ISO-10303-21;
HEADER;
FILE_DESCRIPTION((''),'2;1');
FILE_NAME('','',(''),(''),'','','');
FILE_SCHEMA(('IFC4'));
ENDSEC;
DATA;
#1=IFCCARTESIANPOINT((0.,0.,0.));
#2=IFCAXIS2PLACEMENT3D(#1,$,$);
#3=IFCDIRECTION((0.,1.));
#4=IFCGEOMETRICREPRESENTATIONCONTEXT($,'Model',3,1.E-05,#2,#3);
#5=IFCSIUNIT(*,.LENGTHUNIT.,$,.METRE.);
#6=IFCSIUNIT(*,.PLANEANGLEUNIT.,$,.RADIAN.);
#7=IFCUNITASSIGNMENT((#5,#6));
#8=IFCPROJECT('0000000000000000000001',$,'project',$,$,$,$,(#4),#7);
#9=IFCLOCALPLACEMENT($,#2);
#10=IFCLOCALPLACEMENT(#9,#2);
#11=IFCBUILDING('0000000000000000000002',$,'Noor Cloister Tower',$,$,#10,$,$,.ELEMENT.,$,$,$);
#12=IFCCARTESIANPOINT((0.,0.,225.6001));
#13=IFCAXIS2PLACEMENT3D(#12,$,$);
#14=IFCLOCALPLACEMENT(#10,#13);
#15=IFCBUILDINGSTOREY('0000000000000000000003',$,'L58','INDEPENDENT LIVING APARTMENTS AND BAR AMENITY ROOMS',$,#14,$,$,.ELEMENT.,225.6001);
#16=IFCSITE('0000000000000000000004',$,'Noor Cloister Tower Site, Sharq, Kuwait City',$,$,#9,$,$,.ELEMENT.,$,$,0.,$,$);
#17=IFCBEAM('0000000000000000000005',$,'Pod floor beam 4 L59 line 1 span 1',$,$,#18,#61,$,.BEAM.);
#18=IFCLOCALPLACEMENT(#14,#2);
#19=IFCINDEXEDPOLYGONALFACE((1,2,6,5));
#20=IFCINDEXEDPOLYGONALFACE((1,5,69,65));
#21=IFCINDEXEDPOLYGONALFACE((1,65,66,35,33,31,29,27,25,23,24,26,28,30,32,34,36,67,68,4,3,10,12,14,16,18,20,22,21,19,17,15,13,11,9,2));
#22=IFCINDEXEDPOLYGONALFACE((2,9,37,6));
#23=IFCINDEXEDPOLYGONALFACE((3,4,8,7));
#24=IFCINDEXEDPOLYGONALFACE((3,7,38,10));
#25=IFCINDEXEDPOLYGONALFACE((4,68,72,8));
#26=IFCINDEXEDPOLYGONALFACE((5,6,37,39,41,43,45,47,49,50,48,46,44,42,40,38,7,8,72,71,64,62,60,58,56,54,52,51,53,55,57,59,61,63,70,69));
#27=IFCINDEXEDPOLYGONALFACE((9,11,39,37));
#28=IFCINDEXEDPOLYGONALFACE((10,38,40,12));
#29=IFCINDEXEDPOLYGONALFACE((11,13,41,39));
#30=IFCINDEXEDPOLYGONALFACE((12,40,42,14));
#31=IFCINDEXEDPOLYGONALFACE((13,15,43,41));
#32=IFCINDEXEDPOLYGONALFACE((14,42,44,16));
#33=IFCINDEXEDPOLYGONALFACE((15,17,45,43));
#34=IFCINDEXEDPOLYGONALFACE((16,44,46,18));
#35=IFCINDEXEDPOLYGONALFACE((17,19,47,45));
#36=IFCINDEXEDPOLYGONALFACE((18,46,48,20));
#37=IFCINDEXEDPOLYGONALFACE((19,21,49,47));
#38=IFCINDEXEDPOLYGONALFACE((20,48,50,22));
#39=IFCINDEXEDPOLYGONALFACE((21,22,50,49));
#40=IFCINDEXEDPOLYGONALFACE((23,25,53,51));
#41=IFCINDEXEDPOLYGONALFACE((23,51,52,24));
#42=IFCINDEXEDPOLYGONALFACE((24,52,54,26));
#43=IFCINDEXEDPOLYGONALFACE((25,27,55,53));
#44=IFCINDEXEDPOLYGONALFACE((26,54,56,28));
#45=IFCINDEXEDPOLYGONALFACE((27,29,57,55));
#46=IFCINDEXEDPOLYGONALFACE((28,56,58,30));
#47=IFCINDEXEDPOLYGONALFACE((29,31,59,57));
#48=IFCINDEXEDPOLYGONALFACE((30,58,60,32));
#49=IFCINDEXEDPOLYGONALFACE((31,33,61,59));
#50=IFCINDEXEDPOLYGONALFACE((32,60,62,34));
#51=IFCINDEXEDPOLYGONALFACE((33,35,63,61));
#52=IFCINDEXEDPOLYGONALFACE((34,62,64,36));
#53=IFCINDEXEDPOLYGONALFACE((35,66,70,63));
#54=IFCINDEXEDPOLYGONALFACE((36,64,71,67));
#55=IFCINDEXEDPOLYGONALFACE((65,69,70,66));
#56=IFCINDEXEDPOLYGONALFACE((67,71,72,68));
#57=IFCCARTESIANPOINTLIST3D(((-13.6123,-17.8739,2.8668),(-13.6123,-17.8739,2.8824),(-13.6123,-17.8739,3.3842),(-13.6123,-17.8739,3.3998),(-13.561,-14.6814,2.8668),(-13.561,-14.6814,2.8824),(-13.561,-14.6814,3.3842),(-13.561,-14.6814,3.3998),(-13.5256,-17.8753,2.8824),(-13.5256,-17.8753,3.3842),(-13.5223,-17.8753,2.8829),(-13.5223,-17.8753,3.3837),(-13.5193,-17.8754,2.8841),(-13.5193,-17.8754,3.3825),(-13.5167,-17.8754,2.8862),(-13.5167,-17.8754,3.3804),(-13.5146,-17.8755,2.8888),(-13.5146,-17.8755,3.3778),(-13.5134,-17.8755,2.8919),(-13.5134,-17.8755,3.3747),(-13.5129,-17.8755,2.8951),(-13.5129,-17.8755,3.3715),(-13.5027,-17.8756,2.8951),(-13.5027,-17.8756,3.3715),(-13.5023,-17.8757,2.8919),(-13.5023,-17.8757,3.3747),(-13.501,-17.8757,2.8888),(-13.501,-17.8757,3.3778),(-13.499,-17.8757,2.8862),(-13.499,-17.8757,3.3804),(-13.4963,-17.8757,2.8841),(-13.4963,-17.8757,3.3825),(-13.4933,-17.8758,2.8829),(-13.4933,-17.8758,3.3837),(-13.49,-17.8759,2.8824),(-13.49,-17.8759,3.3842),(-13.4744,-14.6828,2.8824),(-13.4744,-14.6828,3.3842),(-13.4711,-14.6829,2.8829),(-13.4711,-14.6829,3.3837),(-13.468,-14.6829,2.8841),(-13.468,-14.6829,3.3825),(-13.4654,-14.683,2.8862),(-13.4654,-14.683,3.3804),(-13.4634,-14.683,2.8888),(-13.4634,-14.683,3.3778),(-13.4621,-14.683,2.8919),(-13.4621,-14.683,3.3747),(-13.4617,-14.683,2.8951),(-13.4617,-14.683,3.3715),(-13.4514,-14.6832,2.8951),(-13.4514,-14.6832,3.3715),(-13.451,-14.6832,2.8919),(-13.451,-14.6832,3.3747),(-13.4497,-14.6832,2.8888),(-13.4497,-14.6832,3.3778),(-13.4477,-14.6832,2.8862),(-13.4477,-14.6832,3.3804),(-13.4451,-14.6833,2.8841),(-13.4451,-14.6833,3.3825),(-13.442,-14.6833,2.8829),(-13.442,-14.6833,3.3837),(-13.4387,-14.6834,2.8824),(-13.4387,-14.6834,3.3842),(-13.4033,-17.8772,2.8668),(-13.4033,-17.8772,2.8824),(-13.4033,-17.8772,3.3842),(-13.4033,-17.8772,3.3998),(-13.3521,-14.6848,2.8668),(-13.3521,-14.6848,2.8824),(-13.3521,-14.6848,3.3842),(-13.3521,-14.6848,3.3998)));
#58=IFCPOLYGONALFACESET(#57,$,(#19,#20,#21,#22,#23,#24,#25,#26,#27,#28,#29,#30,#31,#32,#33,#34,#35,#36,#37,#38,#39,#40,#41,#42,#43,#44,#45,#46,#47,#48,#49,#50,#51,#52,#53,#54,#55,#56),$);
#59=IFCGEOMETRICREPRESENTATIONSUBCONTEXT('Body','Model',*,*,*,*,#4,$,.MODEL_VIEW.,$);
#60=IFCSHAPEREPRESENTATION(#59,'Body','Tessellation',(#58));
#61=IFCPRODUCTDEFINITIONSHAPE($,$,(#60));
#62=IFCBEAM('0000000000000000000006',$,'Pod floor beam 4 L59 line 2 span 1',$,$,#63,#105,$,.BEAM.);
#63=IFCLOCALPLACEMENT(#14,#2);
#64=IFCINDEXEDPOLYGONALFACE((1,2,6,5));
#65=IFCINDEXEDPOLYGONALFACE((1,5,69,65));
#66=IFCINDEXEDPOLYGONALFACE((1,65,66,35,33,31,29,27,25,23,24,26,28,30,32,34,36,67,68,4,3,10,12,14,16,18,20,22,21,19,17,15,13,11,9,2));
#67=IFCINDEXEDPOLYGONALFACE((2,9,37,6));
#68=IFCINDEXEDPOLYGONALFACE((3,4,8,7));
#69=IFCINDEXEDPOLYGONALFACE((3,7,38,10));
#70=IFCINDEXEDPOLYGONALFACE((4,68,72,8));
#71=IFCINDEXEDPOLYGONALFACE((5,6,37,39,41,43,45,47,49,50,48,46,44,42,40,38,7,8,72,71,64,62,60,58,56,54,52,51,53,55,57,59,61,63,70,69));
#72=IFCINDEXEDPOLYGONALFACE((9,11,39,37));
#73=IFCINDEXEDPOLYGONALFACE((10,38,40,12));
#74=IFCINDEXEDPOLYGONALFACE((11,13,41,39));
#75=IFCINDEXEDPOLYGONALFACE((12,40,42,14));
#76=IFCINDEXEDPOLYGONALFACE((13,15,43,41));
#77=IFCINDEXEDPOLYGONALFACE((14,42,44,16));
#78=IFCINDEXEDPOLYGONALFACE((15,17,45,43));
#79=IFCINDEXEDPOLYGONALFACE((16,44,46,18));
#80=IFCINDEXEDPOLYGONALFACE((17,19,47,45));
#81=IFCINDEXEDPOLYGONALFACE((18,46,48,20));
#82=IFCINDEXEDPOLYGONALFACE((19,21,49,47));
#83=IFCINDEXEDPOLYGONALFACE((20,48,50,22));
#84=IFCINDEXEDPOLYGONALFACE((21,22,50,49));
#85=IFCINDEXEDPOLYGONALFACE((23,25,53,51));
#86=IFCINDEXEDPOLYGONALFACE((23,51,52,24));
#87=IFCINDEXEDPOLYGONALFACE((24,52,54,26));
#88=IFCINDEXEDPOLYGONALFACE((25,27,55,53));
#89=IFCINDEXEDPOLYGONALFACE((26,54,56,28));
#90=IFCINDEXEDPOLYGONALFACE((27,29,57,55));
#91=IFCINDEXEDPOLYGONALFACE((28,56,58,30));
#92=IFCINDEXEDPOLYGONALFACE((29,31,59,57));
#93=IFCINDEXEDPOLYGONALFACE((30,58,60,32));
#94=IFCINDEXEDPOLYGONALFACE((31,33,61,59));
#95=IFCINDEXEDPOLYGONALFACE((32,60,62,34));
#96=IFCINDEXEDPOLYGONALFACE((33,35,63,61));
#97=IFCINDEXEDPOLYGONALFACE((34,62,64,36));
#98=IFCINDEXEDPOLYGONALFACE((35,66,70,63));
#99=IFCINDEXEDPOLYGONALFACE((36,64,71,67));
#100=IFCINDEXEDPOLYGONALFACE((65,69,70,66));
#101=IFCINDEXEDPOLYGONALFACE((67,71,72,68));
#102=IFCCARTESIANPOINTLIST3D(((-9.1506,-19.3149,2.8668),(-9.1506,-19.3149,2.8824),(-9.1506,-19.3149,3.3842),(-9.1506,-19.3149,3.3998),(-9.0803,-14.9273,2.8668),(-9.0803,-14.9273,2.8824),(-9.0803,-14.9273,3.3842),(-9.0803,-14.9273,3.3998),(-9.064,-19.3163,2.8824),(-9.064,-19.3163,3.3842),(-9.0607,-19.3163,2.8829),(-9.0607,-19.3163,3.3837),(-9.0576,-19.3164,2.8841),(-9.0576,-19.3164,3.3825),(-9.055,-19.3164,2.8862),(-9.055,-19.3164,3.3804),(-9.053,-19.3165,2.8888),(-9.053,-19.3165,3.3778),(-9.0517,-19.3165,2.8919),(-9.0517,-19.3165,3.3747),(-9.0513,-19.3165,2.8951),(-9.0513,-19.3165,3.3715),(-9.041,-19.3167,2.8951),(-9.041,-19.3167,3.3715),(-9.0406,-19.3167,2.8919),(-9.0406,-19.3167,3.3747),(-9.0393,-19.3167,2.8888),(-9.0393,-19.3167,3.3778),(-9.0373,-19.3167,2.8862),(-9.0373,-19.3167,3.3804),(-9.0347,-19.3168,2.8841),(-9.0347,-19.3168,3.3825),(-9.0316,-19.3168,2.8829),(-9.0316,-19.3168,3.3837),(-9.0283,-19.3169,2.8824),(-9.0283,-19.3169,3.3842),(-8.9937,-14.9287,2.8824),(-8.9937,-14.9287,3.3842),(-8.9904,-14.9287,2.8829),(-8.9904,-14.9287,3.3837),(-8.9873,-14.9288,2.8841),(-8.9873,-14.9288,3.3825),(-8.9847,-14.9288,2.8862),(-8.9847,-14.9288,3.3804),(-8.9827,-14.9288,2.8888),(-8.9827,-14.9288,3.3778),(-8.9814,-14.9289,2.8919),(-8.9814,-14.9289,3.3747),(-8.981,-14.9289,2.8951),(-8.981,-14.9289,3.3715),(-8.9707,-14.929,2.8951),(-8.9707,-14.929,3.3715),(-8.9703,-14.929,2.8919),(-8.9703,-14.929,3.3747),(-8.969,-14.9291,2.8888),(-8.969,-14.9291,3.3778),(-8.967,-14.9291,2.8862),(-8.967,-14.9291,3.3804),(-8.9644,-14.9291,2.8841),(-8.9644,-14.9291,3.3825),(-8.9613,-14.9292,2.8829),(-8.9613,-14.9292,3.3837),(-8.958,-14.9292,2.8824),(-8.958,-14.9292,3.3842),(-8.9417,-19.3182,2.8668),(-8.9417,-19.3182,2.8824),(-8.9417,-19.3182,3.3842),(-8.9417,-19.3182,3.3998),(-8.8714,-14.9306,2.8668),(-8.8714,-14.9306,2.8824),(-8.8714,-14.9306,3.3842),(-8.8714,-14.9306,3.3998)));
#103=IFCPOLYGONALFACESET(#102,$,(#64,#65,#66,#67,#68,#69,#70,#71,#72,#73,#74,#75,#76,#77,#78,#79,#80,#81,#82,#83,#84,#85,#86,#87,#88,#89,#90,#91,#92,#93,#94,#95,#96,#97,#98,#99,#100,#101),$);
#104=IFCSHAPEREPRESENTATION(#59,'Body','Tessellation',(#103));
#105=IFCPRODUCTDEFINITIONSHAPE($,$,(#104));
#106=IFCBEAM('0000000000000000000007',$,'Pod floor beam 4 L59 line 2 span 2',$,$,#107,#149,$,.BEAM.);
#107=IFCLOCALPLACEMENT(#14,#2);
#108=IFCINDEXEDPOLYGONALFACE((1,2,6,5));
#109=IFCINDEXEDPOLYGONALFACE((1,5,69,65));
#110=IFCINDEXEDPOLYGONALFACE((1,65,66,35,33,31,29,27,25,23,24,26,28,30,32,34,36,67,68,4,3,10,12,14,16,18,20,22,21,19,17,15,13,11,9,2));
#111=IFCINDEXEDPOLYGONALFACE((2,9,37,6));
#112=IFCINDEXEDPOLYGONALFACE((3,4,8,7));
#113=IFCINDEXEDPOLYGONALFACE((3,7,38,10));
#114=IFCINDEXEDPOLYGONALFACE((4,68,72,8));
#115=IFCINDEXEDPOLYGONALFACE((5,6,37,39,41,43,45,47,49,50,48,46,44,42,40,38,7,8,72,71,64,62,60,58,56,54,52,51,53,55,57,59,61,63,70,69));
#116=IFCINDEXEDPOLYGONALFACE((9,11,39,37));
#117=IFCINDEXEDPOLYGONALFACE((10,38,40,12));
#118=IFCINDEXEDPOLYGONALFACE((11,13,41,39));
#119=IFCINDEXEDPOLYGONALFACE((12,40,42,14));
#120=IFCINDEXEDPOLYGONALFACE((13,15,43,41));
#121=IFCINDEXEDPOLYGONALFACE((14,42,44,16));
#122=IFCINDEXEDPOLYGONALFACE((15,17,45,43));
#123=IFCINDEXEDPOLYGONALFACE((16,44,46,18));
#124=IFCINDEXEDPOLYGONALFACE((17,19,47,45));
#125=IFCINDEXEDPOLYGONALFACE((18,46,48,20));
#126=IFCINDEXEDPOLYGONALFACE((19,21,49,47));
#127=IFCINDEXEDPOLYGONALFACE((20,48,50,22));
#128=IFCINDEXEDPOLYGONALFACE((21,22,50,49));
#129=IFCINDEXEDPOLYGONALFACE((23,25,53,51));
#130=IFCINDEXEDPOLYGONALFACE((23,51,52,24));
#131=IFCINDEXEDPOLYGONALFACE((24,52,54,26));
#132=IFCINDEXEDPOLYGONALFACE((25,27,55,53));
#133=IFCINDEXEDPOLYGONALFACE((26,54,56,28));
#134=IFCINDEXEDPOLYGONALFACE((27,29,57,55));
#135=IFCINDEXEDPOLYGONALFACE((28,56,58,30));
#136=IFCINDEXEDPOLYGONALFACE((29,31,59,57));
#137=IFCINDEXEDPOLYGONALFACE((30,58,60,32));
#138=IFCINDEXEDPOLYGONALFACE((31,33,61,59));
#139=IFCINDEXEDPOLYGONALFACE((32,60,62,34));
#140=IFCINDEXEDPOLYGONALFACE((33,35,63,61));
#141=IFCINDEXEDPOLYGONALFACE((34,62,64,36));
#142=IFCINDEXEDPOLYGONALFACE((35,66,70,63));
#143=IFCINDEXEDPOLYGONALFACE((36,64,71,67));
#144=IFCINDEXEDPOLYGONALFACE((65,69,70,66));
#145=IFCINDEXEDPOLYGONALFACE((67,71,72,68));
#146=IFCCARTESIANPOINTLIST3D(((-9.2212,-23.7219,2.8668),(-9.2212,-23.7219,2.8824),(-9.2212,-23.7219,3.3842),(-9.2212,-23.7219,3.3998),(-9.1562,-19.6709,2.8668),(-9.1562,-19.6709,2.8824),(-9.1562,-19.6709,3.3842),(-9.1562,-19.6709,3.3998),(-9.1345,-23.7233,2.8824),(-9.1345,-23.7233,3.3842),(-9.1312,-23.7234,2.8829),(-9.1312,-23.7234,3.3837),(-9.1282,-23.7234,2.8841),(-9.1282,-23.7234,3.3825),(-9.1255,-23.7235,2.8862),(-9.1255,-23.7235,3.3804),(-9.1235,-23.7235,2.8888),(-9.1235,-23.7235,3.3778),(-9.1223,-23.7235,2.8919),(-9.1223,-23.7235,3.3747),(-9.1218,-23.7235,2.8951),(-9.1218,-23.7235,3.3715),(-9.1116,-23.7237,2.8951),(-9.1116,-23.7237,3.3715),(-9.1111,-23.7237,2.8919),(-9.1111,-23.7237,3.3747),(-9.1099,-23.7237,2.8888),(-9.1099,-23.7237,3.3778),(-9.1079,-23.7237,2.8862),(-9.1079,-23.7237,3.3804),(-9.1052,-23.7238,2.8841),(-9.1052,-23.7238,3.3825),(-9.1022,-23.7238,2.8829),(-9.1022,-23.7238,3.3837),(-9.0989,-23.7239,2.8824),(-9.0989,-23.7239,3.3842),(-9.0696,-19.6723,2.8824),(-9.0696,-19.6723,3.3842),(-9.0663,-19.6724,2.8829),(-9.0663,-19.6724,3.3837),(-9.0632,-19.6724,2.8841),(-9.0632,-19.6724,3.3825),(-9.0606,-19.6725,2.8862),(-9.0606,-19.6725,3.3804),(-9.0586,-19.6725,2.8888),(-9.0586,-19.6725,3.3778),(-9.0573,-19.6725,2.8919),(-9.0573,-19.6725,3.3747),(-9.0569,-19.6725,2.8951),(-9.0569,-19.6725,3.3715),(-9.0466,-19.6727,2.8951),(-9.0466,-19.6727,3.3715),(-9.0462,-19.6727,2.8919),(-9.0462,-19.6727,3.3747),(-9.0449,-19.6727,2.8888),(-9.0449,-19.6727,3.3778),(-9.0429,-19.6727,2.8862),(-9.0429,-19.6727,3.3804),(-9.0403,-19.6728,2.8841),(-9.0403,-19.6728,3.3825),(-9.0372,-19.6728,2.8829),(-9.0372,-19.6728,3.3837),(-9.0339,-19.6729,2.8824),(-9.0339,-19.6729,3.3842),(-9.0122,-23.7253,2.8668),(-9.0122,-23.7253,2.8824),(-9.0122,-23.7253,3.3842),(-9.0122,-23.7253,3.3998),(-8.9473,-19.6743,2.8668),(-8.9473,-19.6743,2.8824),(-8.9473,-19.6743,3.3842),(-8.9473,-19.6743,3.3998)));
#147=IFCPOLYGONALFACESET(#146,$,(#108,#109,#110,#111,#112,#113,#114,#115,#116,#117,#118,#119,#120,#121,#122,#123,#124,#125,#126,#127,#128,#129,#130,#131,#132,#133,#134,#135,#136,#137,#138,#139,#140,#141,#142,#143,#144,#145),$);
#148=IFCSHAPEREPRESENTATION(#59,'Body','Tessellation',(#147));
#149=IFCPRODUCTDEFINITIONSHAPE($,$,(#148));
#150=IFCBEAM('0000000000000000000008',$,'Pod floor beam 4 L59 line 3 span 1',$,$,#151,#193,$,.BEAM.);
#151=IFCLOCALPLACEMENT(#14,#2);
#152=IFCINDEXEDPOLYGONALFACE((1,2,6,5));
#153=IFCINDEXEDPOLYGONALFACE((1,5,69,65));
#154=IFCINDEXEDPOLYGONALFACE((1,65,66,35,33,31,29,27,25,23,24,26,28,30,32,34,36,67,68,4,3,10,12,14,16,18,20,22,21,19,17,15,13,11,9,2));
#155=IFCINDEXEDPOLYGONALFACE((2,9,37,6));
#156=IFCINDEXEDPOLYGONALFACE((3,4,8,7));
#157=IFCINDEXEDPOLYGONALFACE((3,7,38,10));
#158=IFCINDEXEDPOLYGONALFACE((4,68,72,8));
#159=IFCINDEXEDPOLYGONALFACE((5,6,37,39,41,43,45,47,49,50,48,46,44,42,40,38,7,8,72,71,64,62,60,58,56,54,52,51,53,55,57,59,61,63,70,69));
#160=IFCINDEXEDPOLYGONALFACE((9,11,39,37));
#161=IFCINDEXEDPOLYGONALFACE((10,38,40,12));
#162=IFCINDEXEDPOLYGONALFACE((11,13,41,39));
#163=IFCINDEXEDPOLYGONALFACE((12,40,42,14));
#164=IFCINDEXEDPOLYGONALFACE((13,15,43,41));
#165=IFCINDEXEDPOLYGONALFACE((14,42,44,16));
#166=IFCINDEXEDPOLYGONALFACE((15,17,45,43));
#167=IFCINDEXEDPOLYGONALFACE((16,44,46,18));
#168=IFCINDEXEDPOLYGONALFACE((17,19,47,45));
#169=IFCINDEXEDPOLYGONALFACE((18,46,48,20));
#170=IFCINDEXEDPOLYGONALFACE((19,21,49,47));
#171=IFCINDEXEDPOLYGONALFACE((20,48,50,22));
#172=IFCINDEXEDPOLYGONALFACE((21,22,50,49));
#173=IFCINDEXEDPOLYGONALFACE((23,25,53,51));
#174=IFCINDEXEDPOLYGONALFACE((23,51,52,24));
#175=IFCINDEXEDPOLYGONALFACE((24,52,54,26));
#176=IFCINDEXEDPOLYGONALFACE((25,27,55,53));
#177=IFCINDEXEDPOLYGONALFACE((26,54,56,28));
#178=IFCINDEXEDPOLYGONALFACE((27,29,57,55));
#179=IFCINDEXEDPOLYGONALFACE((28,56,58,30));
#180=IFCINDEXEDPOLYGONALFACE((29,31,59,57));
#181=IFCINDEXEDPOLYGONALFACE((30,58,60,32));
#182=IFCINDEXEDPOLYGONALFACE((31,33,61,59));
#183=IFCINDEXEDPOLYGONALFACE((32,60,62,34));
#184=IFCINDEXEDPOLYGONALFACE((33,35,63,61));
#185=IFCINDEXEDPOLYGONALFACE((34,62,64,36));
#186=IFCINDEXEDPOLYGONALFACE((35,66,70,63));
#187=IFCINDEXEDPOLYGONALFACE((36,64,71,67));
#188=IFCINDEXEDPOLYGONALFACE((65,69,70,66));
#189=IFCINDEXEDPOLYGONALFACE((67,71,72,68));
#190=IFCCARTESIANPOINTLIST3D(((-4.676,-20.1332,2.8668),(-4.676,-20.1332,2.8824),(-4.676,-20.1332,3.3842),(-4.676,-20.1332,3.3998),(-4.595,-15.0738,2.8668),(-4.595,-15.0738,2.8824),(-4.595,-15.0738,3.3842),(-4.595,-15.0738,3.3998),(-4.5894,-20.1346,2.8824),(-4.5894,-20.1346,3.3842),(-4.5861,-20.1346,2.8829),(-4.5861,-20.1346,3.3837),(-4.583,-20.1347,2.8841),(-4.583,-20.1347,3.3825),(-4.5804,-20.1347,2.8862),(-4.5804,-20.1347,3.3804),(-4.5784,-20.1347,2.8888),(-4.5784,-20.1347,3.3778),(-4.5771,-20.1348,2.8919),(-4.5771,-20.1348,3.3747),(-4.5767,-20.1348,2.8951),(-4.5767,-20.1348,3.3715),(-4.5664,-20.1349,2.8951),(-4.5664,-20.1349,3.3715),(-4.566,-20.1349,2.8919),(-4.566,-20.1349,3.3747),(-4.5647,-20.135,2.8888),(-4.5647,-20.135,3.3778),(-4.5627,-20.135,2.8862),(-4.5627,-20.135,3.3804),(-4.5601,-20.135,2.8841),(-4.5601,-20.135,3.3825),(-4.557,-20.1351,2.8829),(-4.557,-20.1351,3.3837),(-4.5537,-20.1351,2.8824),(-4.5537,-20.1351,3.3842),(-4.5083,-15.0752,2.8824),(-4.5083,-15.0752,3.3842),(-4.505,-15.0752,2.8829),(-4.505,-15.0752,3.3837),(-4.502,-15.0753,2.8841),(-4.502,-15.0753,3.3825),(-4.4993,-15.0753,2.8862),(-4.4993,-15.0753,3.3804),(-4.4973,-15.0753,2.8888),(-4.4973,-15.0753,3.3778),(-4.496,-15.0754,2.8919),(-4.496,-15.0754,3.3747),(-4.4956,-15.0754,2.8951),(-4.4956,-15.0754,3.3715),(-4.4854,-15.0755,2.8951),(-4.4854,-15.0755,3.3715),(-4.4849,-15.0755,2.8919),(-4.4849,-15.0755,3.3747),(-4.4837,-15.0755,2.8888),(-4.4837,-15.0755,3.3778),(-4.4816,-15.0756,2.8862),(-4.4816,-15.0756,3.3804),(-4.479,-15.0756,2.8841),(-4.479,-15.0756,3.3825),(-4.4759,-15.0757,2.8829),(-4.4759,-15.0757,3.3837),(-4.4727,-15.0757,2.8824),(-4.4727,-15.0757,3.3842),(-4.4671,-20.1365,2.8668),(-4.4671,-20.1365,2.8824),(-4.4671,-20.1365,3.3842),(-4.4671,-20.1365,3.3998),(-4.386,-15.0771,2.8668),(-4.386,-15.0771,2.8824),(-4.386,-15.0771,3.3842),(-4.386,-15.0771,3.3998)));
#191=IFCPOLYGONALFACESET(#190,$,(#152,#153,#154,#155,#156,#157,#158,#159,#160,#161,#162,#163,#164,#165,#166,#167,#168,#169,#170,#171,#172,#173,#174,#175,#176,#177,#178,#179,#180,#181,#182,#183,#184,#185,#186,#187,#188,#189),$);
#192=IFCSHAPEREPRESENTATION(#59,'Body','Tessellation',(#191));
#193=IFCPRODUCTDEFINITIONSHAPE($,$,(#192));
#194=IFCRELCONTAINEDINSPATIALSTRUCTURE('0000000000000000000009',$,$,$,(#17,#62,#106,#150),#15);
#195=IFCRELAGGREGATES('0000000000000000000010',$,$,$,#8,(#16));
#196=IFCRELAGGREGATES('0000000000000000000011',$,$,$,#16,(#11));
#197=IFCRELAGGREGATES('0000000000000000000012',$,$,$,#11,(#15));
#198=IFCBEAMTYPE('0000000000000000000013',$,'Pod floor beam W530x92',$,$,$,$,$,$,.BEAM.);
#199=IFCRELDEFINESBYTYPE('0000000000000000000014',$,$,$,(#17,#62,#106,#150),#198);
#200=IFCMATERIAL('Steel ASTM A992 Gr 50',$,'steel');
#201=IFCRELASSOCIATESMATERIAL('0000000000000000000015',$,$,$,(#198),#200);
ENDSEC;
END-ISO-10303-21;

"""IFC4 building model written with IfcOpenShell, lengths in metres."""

from ifc_helpers import new_model, si_unit, direction, frame, origin, origin_2d, place, context, subcontext, project, spatial, i_section, extrude, material, material_profile, profile_set, type_object, element, save


model = new_model("IFC4")

# Units and contexts
model_context = context("Model", 3, precision=1e-05, world=origin(), true_north=direction((0.0, 1.0)))
body_context = subcontext(model_context, "Body", "Model", "MODEL_VIEW")
ifc_project = project(units=[si_unit("LENGTHUNIT", "METRE"), si_unit("PLANEANGLEUNIT", "RADIAN")], contexts=[model_context])

# Site, building, storey
site_placement = place(None, origin())
site = spatial("IfcSite", under=ifc_project, at=site_placement, Name="Noor Cloister Tower Site, Sharq, Kuwait City", CompositionType="ELEMENT", RefElevation=0.0)
building_placement = place(site_placement, origin())
building = spatial("IfcBuilding", under=site, at=building_placement, Name="Noor Cloister Tower", CompositionType="ELEMENT")
storey_placement = place(building_placement, frame((0.0, 0.0, 225.6001)))
storey = spatial("IfcBuildingStorey", under=building, at=storey_placement, Name="L58", Description="INDEPENDENT LIVING APARTMENTS AND BAR AMENITY ROOMS", CompositionType="ELEMENT", Elevation=225.6001)

# Beams
ifc_material_1 = material(Name="Steel ASTM A992 Gr 50", Category="steel")
ifc_material_profile_1 = material_profile(ifc_material_1, i_section(OverallWidth=0.209, OverallDepth=0.533, WebThickness=0.0103, FlangeThickness=0.0156, FilletRadius=0.0127, at=origin_2d()), Name="W530x92")
ifc_profile_set_1 = profile_set([ifc_material_profile_1], Name="Steel ASTM A992 Gr 50")
beam_type_1 = type_object("IfcBeamType", Name="Pod floor beam W530x92", PredefinedType="BEAM", material=ifc_profile_set_1)
beam_1_placement = place(storey_placement, frame((-13.4565, -14.6831, 3.1333), z_axis=(-0.016058, -0.999871, 0.0), x_axis=(0.999871, -0.016058, 0.0)))
element("IfcBeam", 1, at=beam_1_placement, inside=storey, type_object=beam_type_1, Name="Pod floor beam 4 L59 line 1 span 1", PredefinedType="BEAM", context=body_context, shape_type="SweptSolid", body=[
    extrude(i_section(OverallWidth=0.209, OverallDepth=0.533, WebThickness=0.0103, FlangeThickness=0.0156, FilletRadius=0.0127, at=origin_2d()), origin(), (0.0, 0.0, 1.0), 3.1929),
])
beam_2_placement = place(storey_placement, frame((-8.9758, -14.929, 3.1333), z_axis=(-0.016023, -0.999872, 0.0), x_axis=(0.999872, -0.016023, 0.0)))
element("IfcBeam", 2, at=beam_2_placement, inside=storey, type_object=beam_type_1, Name="Pod floor beam 4 L59 line 2 span 1", PredefinedType="BEAM", context=body_context, shape_type="SweptSolid", body=[
    extrude(i_section(OverallWidth=0.209, OverallDepth=0.533, WebThickness=0.0103, FlangeThickness=0.0156, FilletRadius=0.0127, at=origin_2d()), origin(), (0.0, 0.0, 1.0), 4.3882),
])
beam_3_placement = place(storey_placement, frame((-9.0518, -19.6726, 3.1333), z_axis=(-0.016029, -0.999872, 0.0), x_axis=(0.999872, -0.016029, 0.0)))
element("IfcBeam", 3, at=beam_3_placement, inside=storey, type_object=beam_type_1, Name="Pod floor beam 4 L59 line 2 span 2", PredefinedType="BEAM", context=body_context, shape_type="SweptSolid", body=[
    extrude(i_section(OverallWidth=0.209, OverallDepth=0.533, WebThickness=0.0103, FlangeThickness=0.0156, FilletRadius=0.0127, at=origin_2d()), origin(), (0.0, 0.0, 1.0), 4.0515),
])
beam_4_placement = place(storey_placement, frame((-4.4905, -15.0754, 3.1333), z_axis=(-0.016019, -0.999872, 0.0), x_axis=(0.999872, -0.016019, 0.0)))
element("IfcBeam", 4, at=beam_4_placement, inside=storey, type_object=beam_type_1, Name="Pod floor beam 4 L59 line 3 span 1", PredefinedType="BEAM", context=body_context, shape_type="SweptSolid", body=[
    extrude(i_section(OverallWidth=0.209, OverallDepth=0.533, WebThickness=0.0103, FlangeThickness=0.0156, FilletRadius=0.0127, at=origin_2d()), origin(), (0.0, 0.0, 1.0), 5.0601),
])

save(model, "model.ifc")
